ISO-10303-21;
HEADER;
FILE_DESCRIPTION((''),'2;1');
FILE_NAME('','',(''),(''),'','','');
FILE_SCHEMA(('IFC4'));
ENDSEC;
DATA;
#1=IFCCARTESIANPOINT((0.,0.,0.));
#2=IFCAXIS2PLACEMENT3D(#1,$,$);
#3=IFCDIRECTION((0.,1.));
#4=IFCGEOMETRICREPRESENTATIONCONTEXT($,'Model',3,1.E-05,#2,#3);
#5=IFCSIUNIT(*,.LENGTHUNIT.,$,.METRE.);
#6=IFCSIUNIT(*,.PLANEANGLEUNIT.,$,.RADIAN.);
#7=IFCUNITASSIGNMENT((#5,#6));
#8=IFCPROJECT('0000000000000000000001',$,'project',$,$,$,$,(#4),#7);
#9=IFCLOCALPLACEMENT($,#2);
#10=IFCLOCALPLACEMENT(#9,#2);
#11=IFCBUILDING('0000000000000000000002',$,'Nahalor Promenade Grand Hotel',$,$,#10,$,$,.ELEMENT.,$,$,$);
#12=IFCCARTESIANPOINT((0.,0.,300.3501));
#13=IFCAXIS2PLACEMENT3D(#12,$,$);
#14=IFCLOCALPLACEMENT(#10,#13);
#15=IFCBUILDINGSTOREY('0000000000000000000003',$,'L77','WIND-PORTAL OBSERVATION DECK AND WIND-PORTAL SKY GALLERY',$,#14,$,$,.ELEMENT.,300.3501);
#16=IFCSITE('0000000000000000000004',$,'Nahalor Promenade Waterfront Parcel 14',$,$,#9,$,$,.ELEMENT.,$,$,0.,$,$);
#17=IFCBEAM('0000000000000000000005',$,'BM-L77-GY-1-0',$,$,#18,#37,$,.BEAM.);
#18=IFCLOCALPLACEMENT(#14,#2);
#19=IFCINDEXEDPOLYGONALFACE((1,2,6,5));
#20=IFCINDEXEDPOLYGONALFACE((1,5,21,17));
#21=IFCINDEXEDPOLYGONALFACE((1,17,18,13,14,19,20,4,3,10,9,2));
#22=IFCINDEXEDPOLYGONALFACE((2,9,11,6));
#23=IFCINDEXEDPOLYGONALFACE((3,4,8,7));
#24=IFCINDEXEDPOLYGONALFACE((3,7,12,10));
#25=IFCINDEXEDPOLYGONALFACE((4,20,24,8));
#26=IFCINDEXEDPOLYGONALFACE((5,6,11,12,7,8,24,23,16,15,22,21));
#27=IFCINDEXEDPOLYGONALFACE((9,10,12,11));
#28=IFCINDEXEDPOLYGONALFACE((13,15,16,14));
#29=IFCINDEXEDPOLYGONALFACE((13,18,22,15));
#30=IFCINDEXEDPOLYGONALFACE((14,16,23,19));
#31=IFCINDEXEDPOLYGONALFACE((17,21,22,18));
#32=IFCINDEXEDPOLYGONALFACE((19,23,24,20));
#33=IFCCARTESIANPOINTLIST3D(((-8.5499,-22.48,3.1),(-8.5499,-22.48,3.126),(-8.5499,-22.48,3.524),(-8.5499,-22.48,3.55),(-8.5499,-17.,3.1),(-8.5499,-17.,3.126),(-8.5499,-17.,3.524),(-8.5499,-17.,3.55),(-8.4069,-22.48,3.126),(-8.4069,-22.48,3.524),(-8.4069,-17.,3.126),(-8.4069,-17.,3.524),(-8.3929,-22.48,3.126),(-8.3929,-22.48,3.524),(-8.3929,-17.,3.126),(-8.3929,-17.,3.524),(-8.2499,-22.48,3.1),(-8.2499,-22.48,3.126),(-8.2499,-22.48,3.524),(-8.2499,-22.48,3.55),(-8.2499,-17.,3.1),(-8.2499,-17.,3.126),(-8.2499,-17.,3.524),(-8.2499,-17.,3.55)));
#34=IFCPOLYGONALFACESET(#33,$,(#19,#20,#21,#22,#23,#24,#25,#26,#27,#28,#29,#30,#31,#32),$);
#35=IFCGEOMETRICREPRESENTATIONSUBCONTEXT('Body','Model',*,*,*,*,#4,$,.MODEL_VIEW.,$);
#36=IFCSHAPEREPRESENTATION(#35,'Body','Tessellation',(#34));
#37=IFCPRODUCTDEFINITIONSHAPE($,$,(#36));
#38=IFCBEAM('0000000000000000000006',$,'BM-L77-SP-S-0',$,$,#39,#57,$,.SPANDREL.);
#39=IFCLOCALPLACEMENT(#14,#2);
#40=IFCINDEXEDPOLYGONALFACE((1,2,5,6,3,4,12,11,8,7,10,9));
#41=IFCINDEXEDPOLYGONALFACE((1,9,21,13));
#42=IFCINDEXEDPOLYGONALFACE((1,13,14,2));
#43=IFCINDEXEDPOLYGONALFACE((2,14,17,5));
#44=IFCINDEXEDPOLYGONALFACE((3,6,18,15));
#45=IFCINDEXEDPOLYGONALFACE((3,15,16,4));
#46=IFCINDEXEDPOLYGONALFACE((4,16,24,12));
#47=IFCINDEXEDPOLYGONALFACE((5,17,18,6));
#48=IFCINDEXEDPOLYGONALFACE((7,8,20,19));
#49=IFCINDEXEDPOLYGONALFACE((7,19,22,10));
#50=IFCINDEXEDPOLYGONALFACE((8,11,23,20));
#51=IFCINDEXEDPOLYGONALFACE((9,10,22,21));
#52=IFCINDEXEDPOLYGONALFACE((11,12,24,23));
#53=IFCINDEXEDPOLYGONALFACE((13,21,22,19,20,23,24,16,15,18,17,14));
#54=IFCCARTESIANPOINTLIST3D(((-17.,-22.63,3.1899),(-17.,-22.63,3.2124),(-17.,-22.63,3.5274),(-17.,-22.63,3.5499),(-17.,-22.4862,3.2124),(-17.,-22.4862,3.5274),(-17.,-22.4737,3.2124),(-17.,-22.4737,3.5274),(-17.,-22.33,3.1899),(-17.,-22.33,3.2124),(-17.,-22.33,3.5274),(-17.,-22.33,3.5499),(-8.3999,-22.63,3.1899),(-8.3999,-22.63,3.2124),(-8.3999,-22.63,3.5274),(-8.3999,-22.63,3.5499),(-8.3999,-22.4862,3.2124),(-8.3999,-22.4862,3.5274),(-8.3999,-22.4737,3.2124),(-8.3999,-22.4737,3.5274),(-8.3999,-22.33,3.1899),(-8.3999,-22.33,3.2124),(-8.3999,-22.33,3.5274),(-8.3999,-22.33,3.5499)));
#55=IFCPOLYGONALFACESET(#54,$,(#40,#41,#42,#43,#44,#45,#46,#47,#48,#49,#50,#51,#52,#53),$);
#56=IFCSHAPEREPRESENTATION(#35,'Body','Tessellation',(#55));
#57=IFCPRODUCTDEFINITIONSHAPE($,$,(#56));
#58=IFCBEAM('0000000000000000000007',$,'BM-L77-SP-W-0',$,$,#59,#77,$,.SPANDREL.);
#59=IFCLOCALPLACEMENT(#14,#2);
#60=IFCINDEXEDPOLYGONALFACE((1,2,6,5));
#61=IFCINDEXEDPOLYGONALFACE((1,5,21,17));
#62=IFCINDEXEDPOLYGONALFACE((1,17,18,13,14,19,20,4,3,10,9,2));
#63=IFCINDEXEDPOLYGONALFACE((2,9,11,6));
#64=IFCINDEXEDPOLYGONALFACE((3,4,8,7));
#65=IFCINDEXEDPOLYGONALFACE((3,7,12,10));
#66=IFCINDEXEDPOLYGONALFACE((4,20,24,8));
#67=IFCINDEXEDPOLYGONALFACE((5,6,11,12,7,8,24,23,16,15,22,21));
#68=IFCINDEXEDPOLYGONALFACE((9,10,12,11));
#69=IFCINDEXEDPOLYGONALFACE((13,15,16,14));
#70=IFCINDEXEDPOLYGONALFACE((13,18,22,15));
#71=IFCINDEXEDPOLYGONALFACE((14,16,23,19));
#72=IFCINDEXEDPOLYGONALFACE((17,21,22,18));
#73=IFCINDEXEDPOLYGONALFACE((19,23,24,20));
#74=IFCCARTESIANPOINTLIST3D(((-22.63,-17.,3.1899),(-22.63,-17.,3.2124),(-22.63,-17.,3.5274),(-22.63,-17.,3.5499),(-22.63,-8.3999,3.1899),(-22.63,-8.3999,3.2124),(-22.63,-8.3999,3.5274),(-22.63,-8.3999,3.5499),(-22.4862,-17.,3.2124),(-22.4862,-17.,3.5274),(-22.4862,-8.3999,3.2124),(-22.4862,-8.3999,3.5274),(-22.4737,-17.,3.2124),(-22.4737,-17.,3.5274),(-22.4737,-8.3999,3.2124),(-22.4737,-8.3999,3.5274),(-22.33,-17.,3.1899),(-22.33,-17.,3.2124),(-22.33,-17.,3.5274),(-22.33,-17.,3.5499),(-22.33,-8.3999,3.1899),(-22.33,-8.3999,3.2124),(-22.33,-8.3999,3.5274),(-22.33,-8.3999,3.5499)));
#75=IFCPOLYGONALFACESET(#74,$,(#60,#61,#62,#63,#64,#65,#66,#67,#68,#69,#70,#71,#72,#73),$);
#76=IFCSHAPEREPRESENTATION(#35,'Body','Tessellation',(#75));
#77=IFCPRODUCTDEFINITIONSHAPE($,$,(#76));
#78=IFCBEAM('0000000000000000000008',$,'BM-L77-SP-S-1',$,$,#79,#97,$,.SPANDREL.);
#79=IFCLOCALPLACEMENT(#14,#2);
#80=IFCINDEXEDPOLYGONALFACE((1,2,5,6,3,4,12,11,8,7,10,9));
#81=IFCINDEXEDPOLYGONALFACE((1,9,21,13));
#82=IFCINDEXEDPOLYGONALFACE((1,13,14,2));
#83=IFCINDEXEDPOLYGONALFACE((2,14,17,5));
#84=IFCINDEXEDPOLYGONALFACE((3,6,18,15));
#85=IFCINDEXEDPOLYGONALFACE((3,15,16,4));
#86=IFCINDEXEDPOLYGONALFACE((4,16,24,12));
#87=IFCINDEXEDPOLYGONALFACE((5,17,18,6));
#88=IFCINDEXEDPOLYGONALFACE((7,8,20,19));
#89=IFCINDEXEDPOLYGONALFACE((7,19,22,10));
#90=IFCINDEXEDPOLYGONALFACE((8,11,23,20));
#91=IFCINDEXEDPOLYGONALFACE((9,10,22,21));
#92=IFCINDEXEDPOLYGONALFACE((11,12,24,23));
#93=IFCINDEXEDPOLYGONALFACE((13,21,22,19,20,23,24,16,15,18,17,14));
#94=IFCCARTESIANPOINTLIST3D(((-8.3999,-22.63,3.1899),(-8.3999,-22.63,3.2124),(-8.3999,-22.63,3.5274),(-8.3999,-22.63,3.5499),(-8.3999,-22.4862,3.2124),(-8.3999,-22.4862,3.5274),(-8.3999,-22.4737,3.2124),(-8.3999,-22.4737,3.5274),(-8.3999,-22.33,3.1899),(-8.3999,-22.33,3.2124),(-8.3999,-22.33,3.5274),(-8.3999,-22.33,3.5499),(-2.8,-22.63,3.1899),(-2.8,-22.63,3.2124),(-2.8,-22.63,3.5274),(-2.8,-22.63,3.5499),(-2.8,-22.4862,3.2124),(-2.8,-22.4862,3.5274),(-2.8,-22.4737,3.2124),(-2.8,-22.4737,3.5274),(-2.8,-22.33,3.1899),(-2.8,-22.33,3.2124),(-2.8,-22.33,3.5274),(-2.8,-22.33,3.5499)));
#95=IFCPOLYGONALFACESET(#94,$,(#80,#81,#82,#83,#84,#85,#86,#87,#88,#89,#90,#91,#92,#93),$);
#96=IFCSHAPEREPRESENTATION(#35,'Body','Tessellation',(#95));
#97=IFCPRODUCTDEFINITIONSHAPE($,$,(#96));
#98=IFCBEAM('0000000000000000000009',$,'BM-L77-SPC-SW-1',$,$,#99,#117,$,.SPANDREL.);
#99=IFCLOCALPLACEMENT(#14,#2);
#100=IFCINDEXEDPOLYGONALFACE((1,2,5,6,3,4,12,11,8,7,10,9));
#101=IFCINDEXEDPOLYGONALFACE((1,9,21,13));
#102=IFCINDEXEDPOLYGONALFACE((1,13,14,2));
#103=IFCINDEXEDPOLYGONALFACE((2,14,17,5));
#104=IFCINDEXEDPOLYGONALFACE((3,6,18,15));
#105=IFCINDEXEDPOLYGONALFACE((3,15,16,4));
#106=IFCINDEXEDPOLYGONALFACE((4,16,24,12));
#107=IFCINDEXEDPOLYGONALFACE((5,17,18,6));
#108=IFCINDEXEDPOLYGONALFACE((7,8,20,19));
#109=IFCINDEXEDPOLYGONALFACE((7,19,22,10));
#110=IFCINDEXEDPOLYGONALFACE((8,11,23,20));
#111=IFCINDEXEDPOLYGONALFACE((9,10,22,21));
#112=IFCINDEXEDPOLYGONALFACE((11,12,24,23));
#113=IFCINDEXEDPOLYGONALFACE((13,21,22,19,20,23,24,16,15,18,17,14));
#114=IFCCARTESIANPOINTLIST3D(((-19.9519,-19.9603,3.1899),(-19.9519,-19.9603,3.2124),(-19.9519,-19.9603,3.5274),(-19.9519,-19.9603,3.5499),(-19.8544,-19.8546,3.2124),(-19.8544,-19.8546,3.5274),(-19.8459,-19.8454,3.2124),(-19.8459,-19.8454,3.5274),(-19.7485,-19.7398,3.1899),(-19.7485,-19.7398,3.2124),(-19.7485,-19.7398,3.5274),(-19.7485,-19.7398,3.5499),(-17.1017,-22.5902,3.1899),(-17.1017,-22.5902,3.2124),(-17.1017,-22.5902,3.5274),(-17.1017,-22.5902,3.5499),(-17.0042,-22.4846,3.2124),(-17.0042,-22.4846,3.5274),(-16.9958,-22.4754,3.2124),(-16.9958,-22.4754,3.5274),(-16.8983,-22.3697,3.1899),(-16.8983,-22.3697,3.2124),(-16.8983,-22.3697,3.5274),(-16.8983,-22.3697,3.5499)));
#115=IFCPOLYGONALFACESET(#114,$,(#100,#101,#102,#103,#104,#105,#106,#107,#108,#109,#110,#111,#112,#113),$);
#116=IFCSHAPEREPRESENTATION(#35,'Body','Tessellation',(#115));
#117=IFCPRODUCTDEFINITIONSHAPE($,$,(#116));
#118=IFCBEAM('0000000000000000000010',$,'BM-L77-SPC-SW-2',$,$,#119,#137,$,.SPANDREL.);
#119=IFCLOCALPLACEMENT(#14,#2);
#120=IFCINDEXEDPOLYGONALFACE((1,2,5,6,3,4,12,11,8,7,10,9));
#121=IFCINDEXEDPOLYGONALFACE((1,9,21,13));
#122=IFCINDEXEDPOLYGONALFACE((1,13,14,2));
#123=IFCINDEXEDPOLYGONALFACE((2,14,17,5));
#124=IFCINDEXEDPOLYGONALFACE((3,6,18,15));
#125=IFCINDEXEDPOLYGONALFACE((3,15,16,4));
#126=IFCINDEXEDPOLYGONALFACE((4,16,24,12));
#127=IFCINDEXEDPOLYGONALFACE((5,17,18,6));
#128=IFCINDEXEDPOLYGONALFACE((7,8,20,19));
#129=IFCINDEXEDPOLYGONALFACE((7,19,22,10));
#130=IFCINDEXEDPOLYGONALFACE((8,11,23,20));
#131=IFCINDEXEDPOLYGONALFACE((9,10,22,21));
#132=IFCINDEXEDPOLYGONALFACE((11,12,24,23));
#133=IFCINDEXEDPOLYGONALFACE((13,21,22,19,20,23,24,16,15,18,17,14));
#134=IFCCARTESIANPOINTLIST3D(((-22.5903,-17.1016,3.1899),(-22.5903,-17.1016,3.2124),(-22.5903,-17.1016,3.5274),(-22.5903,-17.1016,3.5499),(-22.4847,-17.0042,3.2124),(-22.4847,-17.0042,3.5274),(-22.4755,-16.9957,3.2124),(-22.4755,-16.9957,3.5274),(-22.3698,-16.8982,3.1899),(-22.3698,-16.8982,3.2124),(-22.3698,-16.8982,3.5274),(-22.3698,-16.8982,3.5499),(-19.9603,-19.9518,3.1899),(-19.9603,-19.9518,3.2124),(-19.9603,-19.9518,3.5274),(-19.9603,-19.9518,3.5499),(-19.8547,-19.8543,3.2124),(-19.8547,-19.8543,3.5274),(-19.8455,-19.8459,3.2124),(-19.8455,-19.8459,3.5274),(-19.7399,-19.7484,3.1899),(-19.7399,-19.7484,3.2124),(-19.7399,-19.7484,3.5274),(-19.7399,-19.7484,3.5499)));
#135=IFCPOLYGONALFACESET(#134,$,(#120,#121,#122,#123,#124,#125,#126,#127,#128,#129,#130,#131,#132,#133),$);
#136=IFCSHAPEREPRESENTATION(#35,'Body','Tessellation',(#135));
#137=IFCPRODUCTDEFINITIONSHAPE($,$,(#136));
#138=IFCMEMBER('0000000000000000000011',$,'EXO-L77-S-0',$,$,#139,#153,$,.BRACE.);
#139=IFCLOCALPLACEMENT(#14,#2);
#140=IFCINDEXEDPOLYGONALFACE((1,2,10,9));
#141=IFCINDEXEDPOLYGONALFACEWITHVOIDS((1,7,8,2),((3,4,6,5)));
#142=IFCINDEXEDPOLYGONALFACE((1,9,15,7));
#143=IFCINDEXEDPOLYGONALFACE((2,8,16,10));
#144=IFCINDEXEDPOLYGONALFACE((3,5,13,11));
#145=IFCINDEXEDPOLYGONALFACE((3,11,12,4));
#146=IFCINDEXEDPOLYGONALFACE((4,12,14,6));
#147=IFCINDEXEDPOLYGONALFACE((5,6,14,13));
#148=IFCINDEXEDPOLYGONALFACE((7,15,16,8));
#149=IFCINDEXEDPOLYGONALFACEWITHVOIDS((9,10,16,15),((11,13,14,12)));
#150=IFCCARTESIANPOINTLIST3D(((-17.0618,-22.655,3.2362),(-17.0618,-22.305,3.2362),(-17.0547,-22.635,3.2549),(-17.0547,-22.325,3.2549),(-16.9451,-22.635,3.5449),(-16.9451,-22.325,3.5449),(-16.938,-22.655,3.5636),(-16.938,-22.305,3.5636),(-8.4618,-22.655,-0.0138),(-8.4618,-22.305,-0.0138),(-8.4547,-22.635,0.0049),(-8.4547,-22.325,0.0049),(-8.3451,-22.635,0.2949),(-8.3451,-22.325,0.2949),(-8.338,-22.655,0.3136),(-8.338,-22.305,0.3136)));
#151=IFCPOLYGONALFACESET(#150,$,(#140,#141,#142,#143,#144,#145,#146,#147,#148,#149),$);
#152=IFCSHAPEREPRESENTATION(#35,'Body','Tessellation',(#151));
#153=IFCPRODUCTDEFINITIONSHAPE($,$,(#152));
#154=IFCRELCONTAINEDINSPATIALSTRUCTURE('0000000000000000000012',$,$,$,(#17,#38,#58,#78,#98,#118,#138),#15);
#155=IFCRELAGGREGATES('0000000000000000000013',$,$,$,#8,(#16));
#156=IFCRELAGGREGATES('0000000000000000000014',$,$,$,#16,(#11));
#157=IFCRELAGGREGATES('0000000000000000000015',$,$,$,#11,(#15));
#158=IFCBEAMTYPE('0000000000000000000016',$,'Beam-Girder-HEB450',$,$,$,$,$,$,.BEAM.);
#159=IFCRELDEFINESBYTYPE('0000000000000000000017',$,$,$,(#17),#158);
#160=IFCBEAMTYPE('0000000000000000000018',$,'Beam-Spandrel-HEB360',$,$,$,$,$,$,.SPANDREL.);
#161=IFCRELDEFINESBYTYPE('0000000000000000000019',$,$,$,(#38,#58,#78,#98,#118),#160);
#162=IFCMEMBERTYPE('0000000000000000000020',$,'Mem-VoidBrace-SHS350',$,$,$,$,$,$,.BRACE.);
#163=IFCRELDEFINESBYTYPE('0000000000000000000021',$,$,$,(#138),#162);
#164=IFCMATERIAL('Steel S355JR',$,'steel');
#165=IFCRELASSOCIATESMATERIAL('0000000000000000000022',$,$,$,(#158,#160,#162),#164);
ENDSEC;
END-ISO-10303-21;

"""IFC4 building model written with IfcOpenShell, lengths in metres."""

from ifc_helpers import new_model, si_unit, direction, frame, origin, origin_2d, place, context, subcontext, project, spatial, hollow_rectangle, i_section, extrude, source, transform, mapped, material, material_profile, profile_set, type_object, element, save


model = new_model("IFC4")

# Units and contexts
model_context = context("Model", 3, precision=1e-05, world=origin(), true_north=direction((0.0, 1.0)))
body_context = subcontext(model_context, "Body", "Model", "MODEL_VIEW")
ifc_project = project(units=[si_unit("LENGTHUNIT", "METRE"), si_unit("PLANEANGLEUNIT", "RADIAN")], contexts=[model_context])

# Site, building, storey
site_placement = place(None, origin())
site = spatial("IfcSite", under=ifc_project, at=site_placement, Name="Nahalor Promenade Waterfront Parcel 14", CompositionType="ELEMENT", RefElevation=0.0)
building_placement = place(site_placement, origin())
building = spatial("IfcBuilding", under=site, at=building_placement, Name="Nahalor Promenade Grand Hotel", CompositionType="ELEMENT")
storey_placement = place(building_placement, frame((0.0, 0.0, 300.3501)))
storey = spatial("IfcBuildingStorey", under=building, at=storey_placement, Name="L77", Description="WIND-PORTAL OBSERVATION DECK AND WIND-PORTAL SKY GALLERY", CompositionType="ELEMENT", Elevation=300.3501)

# Shared definitions
ifc_material_1 = material(Name="Steel S355JR", Category="steel")

# Beams
ifc_material_profile_1 = material_profile(ifc_material_1, i_section(OverallWidth=0.3, OverallDepth=0.45, WebThickness=0.014, FlangeThickness=0.026, at=origin_2d()), Name="HEB 450")
ifc_profile_set_1 = profile_set([ifc_material_profile_1], Name="Steel S355JR")
beam_type_1 = type_object("IfcBeamType", Name="Beam-Girder-HEB450", PredefinedType="BEAM", material=ifc_profile_set_1)
shared_shape_1 = source(origin(), body_context, "Body", "SweptSolid", [
    extrude(i_section(OverallWidth=0.3, OverallDepth=0.45, WebThickness=0.014, FlangeThickness=0.026, at=origin_2d()), origin(), (0.0, 0.0, 1.0), 5.48),
])
for number, where, z_axis, x_axis, name in (
    (1, (-8.3999, -22.48, 3.325), (0.0, 1.0, 0.0), (-1.0, 0.0, 0.0), "BM-L77-GY-1-0"),
):
    element("IfcBeam", number, at=place(storey_placement, frame(where, z_axis=z_axis, x_axis=x_axis)), inside=storey, type_object=beam_type_1, Name=name, PredefinedType="BEAM", context=body_context, shape_type="MappedRepresentation", body=[
        mapped(shared_shape_1, transform((0.0, 0.0, 0.0), scale=1.0)),
    ])
ifc_material_profile_2 = material_profile(ifc_material_1, i_section(OverallWidth=0.3, OverallDepth=0.36, WebThickness=0.0125, FlangeThickness=0.0225, at=origin_2d()), Name="HEB 360")
ifc_profile_set_2 = profile_set([ifc_material_profile_2], Name="Steel S355JR")
beam_type_2 = type_object("IfcBeamType", Name="Beam-Spandrel-HEB360", PredefinedType="SPANDREL", material=ifc_profile_set_2)
shared_shape_2 = source(origin(), body_context, "Body", "SweptSolid", [
    extrude(i_section(OverallWidth=0.3, OverallDepth=0.36, WebThickness=0.0125, FlangeThickness=0.0225, at=origin_2d()), origin(), (0.0, 0.0, 1.0), 8.6001),
])
for number, where, z_axis, x_axis, name in (
    (2, (-17.0, -22.48, 3.3699), (1.0, 0.0, 0.0), (0.0, 1.0, 0.0), "BM-L77-SP-S-0"),
    (3, (-22.48, -17.0, 3.3699), (0.0, 1.0, 0.0), (-1.0, 0.0, 0.0), "BM-L77-SP-W-0"),
):
    element("IfcBeam", number, at=place(storey_placement, frame(where, z_axis=z_axis, x_axis=x_axis)), inside=storey, type_object=beam_type_2, Name=name, PredefinedType="SPANDREL", context=body_context, shape_type="MappedRepresentation", body=[
        mapped(shared_shape_2, transform((0.0, 0.0, 0.0), scale=1.0)),
    ])
shared_shape_3 = source(origin(), body_context, "Body", "SweptSolid", [
    extrude(i_section(OverallWidth=0.3, OverallDepth=0.36, WebThickness=0.0125, FlangeThickness=0.0225, at=origin_2d()), origin(), (0.0, 0.0, 1.0), 5.5999),
])
beam_1_placement = place(storey_placement, frame((-8.3999, -22.48, 3.3699), z_axis=(1.0, 0.0, 0.0), x_axis=(0.0, 1.0, 0.0)))
element("IfcBeam", 4, at=beam_1_placement, inside=storey, type_object=beam_type_2, Name="BM-L77-SP-S-1", PredefinedType="SPANDREL", context=body_context, shape_type="MappedRepresentation", body=[
    mapped(shared_shape_3, transform((0.0, 0.0, 0.0), scale=1.0)),
])
shared_shape_4 = source(origin(), body_context, "Body", "SweptSolid", [
    extrude(i_section(OverallWidth=0.3, OverallDepth=0.36, WebThickness=0.0125, FlangeThickness=0.0225, at=origin_2d()), origin(), (0.0, 0.0, 1.0), 3.8782),
])
for number, where, z_axis, x_axis, name in (
    (5, (-17.0, -22.48, 3.3699), (-0.734929, 0.678144, 0.0), (-0.678144, -0.734929, 0.0), "BM-L77-SPC-SW-1"),
    (6, (-19.8501, -19.8501, 3.3699), (-0.678144, 0.734929, 0.0), (-0.734929, -0.678144, 0.0), "BM-L77-SPC-SW-2"),
):
    element("IfcBeam", number, at=place(storey_placement, frame(where, z_axis=z_axis, x_axis=x_axis)), inside=storey, type_object=beam_type_2, Name=name, PredefinedType="SPANDREL", context=body_context, shape_type="MappedRepresentation", body=[
        mapped(shared_shape_4, transform((0.0, 0.0, 0.0), scale=1.0)),
    ])

# Member
ifc_material_profile_3 = material_profile(ifc_material_1, hollow_rectangle(XDim=0.35, YDim=0.35, WallThickness=0.02, at=origin_2d()), Name="SHS 350x350x20")
ifc_profile_set_3 = profile_set([ifc_material_profile_3], Name="Steel S355JR")
member_type = type_object("IfcMemberType", Name="Mem-VoidBrace-SHS350", PredefinedType="BRACE", material=ifc_profile_set_3)
shared_shape_5 = source(origin(), body_context, "Body", "SweptSolid", [
    extrude(hollow_rectangle(XDim=0.35, YDim=0.35, WallThickness=0.02, at=origin_2d()), origin(), (0.0, 0.0, 1.0), 9.1936),
])
member_placement = place(storey_placement, frame((-8.3999, -22.48, 0.1499), z_axis=(-0.935433, 0.0, 0.353503), x_axis=(0.0, -1.0, 0.0)))
element("IfcMember", 7, at=member_placement, inside=storey, type_object=member_type, Name="EXO-L77-S-0", PredefinedType="BRACE", context=body_context, shape_type="MappedRepresentation", body=[
    mapped(shared_shape_5, transform((0.0, 0.0, 0.0), scale=1.0)),
])

save(model, "model.ifc")
